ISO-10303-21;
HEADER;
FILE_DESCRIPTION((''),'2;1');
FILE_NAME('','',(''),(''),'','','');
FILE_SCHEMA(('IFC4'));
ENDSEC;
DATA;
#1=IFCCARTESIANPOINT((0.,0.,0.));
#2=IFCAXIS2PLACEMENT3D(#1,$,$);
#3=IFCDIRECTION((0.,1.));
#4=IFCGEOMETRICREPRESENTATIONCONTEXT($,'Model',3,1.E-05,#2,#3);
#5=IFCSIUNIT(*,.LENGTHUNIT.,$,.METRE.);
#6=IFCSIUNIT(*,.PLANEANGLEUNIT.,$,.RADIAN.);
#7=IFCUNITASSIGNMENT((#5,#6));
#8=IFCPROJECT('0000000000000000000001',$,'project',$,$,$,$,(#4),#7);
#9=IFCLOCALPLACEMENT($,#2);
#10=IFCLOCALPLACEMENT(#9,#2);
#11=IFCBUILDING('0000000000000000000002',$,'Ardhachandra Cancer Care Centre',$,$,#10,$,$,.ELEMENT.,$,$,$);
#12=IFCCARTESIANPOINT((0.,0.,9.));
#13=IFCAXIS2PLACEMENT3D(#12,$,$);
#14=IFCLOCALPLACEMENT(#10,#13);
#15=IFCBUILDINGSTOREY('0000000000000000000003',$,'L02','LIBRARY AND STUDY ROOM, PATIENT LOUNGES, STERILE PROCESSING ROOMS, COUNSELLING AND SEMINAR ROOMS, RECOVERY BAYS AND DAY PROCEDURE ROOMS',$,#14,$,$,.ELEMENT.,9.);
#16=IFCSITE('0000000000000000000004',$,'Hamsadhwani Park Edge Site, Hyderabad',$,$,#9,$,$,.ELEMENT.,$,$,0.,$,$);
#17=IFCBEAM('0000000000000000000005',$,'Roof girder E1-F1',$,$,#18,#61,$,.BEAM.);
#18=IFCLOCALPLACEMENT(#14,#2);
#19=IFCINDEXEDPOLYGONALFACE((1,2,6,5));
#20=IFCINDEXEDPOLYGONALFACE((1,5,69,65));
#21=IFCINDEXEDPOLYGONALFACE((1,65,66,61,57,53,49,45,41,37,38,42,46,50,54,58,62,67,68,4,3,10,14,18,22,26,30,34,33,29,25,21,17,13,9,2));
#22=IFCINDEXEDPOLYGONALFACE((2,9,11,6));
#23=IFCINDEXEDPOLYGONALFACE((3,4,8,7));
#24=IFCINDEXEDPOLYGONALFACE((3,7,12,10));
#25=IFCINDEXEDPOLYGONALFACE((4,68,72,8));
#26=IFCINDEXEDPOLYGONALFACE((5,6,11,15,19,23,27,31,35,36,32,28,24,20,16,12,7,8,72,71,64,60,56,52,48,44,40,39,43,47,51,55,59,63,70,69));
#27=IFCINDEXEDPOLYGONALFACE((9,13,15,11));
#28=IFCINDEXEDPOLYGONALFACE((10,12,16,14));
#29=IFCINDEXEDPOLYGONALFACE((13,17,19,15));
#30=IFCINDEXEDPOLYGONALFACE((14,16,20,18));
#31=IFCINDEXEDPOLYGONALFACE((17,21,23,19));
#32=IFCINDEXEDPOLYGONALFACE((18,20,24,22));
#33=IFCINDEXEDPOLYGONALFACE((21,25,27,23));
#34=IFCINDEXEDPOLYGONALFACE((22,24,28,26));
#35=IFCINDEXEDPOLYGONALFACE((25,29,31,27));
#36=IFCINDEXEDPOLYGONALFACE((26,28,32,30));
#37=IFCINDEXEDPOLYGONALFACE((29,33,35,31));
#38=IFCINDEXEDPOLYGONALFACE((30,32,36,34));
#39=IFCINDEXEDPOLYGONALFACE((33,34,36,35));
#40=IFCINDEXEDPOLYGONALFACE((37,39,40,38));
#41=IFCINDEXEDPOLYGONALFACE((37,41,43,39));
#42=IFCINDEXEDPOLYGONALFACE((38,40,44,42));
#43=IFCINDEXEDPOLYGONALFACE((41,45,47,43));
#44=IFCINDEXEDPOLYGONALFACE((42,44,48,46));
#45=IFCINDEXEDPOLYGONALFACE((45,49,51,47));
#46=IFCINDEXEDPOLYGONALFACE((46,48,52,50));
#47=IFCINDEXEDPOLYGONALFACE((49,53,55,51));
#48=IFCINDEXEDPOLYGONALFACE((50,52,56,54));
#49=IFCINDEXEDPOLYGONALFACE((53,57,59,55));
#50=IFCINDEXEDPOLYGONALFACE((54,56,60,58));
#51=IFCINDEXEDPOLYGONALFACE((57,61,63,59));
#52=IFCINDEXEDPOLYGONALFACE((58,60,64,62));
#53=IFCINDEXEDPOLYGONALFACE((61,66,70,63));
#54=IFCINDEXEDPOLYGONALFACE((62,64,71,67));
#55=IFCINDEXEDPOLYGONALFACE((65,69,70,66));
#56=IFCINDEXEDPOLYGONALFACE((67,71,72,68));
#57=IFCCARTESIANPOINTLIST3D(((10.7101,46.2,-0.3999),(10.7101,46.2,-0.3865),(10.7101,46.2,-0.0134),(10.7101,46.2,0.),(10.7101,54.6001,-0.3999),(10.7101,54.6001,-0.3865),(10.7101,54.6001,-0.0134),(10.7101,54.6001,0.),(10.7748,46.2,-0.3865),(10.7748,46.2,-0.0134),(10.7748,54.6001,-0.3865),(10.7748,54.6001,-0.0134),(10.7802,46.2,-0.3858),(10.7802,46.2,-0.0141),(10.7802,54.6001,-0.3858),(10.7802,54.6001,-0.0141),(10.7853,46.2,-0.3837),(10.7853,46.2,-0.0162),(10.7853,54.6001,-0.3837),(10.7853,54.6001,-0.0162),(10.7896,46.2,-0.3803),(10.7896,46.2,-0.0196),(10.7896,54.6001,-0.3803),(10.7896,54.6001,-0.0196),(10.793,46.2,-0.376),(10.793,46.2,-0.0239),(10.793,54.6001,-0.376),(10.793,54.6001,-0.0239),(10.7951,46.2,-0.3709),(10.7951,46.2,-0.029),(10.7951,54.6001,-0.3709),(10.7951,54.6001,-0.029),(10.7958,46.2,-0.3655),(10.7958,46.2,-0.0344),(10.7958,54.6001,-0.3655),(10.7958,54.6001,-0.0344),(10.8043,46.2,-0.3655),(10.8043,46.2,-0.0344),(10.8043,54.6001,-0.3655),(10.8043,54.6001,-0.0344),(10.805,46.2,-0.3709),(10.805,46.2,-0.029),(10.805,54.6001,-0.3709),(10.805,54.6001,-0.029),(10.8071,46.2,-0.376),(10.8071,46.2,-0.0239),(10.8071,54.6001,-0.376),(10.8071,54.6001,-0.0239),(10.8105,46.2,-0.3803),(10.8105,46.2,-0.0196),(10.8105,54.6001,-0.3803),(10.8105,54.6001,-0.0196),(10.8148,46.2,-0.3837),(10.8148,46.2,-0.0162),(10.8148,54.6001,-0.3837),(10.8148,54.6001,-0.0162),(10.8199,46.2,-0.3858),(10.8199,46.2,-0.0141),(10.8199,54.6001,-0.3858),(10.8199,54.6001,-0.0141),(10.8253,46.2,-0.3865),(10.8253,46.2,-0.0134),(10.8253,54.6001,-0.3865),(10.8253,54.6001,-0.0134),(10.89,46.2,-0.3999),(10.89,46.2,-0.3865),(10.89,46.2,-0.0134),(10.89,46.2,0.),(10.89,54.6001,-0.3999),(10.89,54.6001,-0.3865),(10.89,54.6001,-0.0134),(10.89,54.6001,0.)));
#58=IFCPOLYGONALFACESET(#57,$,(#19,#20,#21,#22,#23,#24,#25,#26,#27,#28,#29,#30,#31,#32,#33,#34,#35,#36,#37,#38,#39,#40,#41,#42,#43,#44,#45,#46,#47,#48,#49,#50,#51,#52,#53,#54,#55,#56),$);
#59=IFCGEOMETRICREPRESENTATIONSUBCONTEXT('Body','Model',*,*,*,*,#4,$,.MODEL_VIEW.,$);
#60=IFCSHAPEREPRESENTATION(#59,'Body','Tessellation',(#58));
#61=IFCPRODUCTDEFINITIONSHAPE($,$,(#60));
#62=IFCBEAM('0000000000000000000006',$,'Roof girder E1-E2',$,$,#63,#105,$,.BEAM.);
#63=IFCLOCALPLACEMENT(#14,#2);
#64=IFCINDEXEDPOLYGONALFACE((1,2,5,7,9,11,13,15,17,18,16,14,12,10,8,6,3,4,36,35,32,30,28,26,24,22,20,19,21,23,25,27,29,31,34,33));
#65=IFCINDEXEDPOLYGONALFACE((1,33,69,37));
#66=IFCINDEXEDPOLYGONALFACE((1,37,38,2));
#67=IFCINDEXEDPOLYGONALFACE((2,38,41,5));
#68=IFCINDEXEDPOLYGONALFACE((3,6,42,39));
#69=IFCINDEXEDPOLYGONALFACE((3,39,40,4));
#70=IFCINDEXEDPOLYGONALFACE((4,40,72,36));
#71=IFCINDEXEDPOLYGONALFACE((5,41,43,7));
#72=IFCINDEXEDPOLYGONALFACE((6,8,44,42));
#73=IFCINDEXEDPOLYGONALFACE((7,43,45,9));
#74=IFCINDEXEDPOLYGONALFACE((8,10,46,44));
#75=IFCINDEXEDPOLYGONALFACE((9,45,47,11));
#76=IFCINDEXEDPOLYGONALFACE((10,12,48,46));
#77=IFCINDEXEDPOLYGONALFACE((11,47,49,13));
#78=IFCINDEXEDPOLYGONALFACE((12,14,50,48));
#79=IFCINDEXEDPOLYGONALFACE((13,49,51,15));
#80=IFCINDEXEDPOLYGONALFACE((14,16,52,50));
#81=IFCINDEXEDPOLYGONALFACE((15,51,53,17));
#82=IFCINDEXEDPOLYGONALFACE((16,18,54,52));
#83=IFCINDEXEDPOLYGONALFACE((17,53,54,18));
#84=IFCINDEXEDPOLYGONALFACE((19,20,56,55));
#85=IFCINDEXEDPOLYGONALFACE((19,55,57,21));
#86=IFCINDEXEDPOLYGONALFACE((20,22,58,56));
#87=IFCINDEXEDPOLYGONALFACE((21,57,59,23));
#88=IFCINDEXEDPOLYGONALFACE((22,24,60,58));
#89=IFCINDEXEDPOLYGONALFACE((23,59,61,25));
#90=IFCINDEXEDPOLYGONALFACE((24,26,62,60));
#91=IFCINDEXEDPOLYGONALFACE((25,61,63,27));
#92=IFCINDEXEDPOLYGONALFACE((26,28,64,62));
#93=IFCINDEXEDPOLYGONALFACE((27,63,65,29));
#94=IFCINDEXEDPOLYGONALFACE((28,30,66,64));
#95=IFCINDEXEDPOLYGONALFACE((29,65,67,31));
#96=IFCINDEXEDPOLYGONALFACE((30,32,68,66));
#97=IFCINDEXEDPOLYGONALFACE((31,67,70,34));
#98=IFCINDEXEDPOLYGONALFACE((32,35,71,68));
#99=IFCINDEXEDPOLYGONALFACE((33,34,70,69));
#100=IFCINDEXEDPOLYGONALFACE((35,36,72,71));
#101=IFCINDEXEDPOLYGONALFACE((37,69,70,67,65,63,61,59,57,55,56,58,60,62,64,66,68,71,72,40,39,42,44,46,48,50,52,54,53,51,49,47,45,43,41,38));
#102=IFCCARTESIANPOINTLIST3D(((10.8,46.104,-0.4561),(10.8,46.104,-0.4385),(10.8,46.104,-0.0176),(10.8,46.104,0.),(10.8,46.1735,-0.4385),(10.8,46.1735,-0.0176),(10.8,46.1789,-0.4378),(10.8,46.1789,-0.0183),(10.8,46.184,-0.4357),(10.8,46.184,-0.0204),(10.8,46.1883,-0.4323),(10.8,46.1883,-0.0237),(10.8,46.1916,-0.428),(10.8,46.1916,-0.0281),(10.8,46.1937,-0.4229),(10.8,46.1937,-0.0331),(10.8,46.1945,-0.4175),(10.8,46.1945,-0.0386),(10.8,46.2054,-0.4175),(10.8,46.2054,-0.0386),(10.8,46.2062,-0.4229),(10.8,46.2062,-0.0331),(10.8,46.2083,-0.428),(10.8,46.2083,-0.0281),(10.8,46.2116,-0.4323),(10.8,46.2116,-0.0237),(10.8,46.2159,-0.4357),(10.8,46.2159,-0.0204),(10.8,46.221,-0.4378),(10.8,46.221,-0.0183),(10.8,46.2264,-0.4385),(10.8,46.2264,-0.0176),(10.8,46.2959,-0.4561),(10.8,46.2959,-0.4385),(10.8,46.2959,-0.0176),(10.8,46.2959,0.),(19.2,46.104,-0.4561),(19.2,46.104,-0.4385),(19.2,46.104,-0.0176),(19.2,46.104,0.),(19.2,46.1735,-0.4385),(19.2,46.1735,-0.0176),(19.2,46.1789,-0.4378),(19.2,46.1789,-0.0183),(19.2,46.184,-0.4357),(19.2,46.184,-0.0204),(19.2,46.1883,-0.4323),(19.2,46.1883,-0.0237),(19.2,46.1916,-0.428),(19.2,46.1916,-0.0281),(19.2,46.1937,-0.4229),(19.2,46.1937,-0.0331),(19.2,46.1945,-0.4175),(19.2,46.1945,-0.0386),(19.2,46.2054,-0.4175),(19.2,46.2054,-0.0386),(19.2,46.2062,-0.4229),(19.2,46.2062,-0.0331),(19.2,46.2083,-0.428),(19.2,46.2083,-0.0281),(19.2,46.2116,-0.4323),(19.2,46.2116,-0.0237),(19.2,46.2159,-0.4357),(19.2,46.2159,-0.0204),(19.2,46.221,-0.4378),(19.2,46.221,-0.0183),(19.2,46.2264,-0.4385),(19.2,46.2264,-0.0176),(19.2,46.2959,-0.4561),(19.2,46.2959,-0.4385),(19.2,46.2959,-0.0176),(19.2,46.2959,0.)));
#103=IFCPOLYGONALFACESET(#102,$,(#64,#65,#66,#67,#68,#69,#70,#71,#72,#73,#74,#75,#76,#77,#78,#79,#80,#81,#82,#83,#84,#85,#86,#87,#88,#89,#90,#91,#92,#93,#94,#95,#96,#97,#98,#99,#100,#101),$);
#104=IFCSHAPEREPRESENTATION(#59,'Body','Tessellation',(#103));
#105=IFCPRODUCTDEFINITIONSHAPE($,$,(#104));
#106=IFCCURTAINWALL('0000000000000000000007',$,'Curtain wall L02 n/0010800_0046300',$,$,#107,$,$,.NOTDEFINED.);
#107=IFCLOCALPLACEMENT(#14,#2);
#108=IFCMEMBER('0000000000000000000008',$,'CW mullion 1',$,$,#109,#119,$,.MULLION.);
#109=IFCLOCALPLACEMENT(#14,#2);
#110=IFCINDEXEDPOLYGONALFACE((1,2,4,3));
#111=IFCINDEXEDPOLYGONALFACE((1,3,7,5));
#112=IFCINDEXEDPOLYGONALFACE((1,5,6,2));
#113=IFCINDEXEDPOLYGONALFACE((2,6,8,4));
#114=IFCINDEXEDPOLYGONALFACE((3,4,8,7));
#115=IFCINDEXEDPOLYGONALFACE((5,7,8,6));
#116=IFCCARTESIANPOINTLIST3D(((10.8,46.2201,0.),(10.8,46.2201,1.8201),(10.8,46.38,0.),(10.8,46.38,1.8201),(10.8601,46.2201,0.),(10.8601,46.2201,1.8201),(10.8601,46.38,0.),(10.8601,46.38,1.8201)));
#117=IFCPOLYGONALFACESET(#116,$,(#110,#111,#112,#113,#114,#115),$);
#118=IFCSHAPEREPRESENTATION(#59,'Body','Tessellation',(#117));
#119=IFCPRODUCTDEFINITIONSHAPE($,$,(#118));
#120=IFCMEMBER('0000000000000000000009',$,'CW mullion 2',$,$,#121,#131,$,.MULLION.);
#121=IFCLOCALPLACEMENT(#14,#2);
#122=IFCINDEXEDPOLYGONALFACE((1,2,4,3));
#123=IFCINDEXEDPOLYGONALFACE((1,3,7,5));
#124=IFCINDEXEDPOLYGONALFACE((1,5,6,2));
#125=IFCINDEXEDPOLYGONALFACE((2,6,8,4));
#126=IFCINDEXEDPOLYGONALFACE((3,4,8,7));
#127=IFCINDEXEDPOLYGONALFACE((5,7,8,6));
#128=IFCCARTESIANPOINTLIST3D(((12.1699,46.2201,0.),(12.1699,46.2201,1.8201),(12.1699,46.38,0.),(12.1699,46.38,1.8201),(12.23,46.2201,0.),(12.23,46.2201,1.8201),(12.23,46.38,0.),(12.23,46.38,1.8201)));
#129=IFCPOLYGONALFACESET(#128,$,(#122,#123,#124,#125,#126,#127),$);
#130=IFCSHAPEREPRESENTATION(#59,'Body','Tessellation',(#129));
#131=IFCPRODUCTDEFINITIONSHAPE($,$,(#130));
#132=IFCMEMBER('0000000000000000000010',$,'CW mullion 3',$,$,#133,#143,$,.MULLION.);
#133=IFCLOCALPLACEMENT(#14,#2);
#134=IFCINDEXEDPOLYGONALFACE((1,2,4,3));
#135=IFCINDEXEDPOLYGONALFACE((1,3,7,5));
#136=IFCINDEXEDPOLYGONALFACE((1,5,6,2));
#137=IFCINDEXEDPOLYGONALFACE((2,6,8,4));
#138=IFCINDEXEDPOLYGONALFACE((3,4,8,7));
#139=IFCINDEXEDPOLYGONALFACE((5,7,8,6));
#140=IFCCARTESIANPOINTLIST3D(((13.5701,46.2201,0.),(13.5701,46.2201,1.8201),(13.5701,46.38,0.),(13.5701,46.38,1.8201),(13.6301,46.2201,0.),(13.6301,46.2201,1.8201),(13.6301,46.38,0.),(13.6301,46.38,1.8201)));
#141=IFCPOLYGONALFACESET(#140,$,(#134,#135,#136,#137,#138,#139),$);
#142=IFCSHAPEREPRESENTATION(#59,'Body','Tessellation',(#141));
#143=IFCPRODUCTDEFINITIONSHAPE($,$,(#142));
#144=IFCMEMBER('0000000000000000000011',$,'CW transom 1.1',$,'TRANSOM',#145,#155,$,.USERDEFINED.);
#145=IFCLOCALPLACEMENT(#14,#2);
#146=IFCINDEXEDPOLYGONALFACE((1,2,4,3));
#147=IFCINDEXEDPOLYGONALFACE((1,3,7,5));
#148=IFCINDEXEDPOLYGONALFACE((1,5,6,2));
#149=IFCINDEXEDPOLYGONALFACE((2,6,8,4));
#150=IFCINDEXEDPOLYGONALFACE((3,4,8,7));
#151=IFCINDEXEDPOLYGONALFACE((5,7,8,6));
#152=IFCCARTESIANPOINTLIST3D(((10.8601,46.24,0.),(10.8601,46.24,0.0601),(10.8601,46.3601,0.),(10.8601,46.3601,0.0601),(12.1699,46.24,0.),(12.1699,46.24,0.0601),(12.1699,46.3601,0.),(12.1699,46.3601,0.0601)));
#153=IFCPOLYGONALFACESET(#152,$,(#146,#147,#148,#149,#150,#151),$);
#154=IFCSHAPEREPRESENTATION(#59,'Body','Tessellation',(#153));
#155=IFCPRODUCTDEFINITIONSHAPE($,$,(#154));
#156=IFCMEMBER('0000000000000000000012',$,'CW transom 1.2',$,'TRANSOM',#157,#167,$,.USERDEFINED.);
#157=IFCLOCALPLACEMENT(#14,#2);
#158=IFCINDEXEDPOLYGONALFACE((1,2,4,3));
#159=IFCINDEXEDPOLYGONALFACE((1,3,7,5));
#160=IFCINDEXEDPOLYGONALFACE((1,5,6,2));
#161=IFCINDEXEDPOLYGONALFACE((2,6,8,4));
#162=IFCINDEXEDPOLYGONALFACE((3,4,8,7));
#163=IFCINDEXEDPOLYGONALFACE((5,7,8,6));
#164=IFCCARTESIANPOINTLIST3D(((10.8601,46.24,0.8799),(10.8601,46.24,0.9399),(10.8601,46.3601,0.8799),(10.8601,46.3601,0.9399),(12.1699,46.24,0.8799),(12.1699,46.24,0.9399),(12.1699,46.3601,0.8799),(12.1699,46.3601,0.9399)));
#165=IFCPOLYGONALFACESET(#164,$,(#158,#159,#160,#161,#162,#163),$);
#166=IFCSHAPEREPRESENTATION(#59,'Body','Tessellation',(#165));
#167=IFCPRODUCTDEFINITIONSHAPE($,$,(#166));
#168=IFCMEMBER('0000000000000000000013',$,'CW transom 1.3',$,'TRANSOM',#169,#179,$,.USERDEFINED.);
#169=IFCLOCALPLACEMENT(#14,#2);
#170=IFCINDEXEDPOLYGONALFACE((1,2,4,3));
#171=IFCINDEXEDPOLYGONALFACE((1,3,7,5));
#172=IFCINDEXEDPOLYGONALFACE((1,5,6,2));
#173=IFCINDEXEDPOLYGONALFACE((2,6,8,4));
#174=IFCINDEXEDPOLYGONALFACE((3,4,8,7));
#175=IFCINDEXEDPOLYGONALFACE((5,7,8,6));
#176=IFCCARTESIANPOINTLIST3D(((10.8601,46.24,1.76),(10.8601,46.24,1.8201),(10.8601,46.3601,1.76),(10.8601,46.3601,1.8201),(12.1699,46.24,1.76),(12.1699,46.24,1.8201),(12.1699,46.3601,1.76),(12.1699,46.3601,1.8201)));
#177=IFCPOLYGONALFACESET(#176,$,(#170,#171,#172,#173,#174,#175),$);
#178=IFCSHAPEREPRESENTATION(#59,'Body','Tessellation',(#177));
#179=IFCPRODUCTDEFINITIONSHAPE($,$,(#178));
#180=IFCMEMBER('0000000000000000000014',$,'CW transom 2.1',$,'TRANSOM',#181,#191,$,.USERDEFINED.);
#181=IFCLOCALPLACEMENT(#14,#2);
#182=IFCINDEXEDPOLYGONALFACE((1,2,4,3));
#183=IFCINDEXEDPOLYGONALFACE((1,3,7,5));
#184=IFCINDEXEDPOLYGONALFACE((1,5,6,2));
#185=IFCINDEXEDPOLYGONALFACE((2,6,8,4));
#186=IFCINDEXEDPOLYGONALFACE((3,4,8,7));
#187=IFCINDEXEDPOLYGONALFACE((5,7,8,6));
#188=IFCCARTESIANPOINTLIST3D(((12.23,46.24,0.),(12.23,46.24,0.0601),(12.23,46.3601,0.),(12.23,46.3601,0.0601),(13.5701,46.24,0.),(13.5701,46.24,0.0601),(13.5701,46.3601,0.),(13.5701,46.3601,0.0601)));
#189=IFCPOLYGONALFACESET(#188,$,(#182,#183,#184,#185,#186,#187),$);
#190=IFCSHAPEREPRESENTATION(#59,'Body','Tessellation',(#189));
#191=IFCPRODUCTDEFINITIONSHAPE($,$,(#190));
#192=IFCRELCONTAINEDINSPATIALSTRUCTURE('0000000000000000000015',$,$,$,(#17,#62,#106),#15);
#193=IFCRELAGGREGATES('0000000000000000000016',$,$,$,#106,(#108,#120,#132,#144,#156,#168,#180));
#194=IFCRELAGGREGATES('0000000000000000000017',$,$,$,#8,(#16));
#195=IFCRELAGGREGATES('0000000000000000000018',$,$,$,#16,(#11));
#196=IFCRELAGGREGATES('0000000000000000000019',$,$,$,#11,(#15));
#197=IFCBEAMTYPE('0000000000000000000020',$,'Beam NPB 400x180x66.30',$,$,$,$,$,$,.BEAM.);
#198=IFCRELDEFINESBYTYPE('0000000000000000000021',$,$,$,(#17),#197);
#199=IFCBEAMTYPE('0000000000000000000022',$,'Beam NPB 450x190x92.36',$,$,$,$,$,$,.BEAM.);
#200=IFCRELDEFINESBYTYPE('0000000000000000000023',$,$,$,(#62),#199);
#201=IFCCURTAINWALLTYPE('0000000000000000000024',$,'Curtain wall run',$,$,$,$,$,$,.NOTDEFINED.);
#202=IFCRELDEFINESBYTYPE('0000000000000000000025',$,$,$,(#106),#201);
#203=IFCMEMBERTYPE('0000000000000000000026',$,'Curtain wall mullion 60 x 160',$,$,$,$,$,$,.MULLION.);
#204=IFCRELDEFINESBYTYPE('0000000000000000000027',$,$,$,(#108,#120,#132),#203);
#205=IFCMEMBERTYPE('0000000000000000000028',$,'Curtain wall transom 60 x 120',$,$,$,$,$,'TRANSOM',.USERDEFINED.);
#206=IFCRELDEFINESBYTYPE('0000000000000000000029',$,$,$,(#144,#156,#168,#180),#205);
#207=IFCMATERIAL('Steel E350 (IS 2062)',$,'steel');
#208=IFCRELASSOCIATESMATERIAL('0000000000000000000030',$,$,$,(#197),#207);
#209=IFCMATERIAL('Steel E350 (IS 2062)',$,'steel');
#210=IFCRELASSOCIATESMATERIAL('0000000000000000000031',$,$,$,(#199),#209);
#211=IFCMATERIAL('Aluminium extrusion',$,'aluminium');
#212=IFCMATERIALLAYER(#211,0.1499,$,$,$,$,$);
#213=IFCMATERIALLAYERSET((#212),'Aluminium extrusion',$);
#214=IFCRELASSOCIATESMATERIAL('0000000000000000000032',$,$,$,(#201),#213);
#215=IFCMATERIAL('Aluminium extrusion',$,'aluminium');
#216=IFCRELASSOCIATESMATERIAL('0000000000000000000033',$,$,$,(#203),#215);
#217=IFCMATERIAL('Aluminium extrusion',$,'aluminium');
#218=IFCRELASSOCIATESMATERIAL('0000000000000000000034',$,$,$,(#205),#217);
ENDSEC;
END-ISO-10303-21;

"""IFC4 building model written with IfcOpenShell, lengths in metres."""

from ifc_helpers import new_model, si_unit, direction, frame, origin, origin_2d, place, context, subcontext, project, spatial, rectangle, i_section, extrude, material, layer, layer_set, material_profile, profile_set, type_object, element, aggregate, save


model = new_model("IFC4")

# Units and contexts
model_context = context("Model", 3, precision=1e-05, world=origin(), true_north=direction((0.0, 1.0)))
body_context = subcontext(model_context, "Body", "Model", "MODEL_VIEW")
ifc_project = project(units=[si_unit("LENGTHUNIT", "METRE"), si_unit("PLANEANGLEUNIT", "RADIAN")], contexts=[model_context])

# Site, building, storey
site_placement = place(None, origin())
site = spatial("IfcSite", under=ifc_project, at=site_placement, Name="Hamsadhwani Park Edge Site, Hyderabad", CompositionType="ELEMENT", RefElevation=0.0)
building_placement = place(site_placement, origin())
building = spatial("IfcBuilding", under=site, at=building_placement, Name="Ardhachandra Cancer Care Centre", CompositionType="ELEMENT")
storey_placement = place(building_placement, frame((0.0, 0.0, 9.0)))
storey = spatial("IfcBuildingStorey", under=building, at=storey_placement, Name="L02", Description="LIBRARY AND STUDY ROOM, PATIENT LOUNGES, STERILE PROCESSING ROOMS, COUNSELLING AND SEMINAR ROOMS, RECOVERY BAYS AND DAY PROCEDURE ROOMS", CompositionType="ELEMENT", Elevation=9.0)

# Beams
ifc_material_1 = material(Name="Steel E350 (IS 2062)", Category="steel")
ifc_material_profile_1 = material_profile(ifc_material_1, i_section(OverallWidth=0.1799, OverallDepth=0.3999, WebThickness=0.0085, FlangeThickness=0.0134, FilletRadius=0.021, at=origin_2d()), Name="NPB 400x180x66.30")
ifc_profile_set_1 = profile_set([ifc_material_profile_1], Name="Steel E350 (IS 2062)")
beam_type_1 = type_object("IfcBeamType", Name="Beam NPB 400x180x66.30", PredefinedType="BEAM", material=ifc_profile_set_1)
beam_1_placement = place(storey_placement, frame((10.8, 46.2, -0.2), z_axis=(0.0, 1.0, 0.0), x_axis=(-1.0, 0.0, 0.0)))
element("IfcBeam", 1, at=beam_1_placement, inside=storey, type_object=beam_type_1, Name="Roof girder E1-F1", PredefinedType="BEAM", context=body_context, shape_type="SweptSolid", body=[
    extrude(i_section(OverallWidth=0.1799, OverallDepth=0.3999, WebThickness=0.0085, FlangeThickness=0.0134, FilletRadius=0.021, at=origin_2d()), origin(), (0.0, 0.0, 1.0), 8.4001),
])
ifc_material_2 = material(Name="Steel E350 (IS 2062)", Category="steel")
ifc_material_profile_2 = material_profile(ifc_material_2, i_section(OverallWidth=0.1919, OverallDepth=0.4561, WebThickness=0.011, FlangeThickness=0.0176, FilletRadius=0.021, at=origin_2d()), Name="NPB 450x190x92.36")
ifc_profile_set_2 = profile_set([ifc_material_profile_2], Name="Steel E350 (IS 2062)")
beam_type_2 = type_object("IfcBeamType", Name="Beam NPB 450x190x92.36", PredefinedType="BEAM", material=ifc_profile_set_2)
beam_2_placement = place(storey_placement, frame((10.8, 46.2, -0.228), z_axis=(1.0, 0.0, 0.0), x_axis=(0.0, 1.0, 0.0)))
element("IfcBeam", 2, at=beam_2_placement, inside=storey, type_object=beam_type_2, Name="Roof girder E1-E2", PredefinedType="BEAM", context=body_context, shape_type="SweptSolid", body=[
    extrude(i_section(OverallWidth=0.1919, OverallDepth=0.4561, WebThickness=0.011, FlangeThickness=0.0176, FilletRadius=0.021, at=origin_2d()), origin(), (0.0, 0.0, 1.0), 8.3999),
])

# Curtain wall, members
ifc_material_3 = material(Name="Aluminium extrusion", Category="aluminium")
ifc_layer_1 = layer(ifc_material_3, 0.1499)
ifc_layer_set_1 = layer_set([ifc_layer_1], Name="Aluminium extrusion")
curtain_wall_type = type_object("IfcCurtainWallType", Name="Curtain wall run", PredefinedType="NOTDEFINED", material=ifc_layer_set_1)
curtain_wall_placement = place(storey_placement, origin())
curtain_wall = element("IfcCurtainWall", 3, at=curtain_wall_placement, inside=storey, type_object=curtain_wall_type, Name="Curtain wall L02 n/0010800_0046300", PredefinedType="NOTDEFINED")
ifc_material_4 = material(Name="Aluminium extrusion", Category="aluminium")
ifc_material_profile_3 = material_profile(ifc_material_4, rectangle(XDim=0.1599, YDim=0.0601, at=origin_2d()), Name="Curtain wall mullion 60 x 160")
ifc_profile_set_3 = profile_set([ifc_material_profile_3], Name="Aluminium extrusion")
member_type_1 = type_object("IfcMemberType", Name="Curtain wall mullion 60 x 160", PredefinedType="MULLION", material=ifc_profile_set_3)
member_1_placement = place(storey_placement, frame((10.8301, 46.3, 0.0), z_axis=(0.0, 0.0, 1.0), x_axis=(0.0, 1.0, 0.0)))
member_1 = element("IfcMember", 4, at=member_1_placement, type_object=member_type_1, Name="CW mullion 1", PredefinedType="MULLION", context=body_context, shape_type="SweptSolid", body=[
    extrude(rectangle(XDim=0.1599, YDim=0.0601, at=origin_2d()), origin(), (0.0, 0.0, 1.0), 1.8201),
])
member_2_placement = place(storey_placement, frame((12.2, 46.3, 0.0), z_axis=(0.0, 0.0, 1.0), x_axis=(0.0, 1.0, 0.0)))
member_2 = element("IfcMember", 5, at=member_2_placement, type_object=member_type_1, Name="CW mullion 2", PredefinedType="MULLION", context=body_context, shape_type="SweptSolid", body=[
    extrude(rectangle(XDim=0.1599, YDim=0.0601, at=origin_2d()), origin(), (0.0, 0.0, 1.0), 1.8201),
])
member_3_placement = place(storey_placement, frame((13.6001, 46.3, 0.0), z_axis=(0.0, 0.0, 1.0), x_axis=(0.0, 1.0, 0.0)))
member_3 = element("IfcMember", 6, at=member_3_placement, type_object=member_type_1, Name="CW mullion 3", PredefinedType="MULLION", context=body_context, shape_type="SweptSolid", body=[
    extrude(rectangle(XDim=0.1599, YDim=0.0601, at=origin_2d()), origin(), (0.0, 0.0, 1.0), 1.8201),
])
ifc_material_5 = material(Name="Aluminium extrusion", Category="aluminium")
ifc_material_profile_4 = material_profile(ifc_material_5, rectangle(XDim=0.1201, YDim=0.0601, at=origin_2d()), Name="Curtain wall transom 60 x 120")
ifc_profile_set_4 = profile_set([ifc_material_profile_4], Name="Aluminium extrusion")
member_type_2 = type_object("IfcMemberType", Name="Curtain wall transom 60 x 120", ElementType="TRANSOM", PredefinedType="USERDEFINED", material=ifc_profile_set_4)
member_4_placement = place(storey_placement, frame((10.8601, 46.3, 0.03), z_axis=(1.0, 0.0, 0.0), x_axis=(0.0, 1.0, 0.0)))
member_4 = element("IfcMember", 7, at=member_4_placement, type_object=member_type_2, Name="CW transom 1.1", ObjectType="TRANSOM", PredefinedType="USERDEFINED", context=body_context, shape_type="SweptSolid", body=[
    extrude(rectangle(XDim=0.1201, YDim=0.0601, at=origin_2d()), origin(), (0.0, 0.0, 1.0), 1.3098),
])
member_5_placement = place(storey_placement, frame((10.8601, 46.3, 0.9099), z_axis=(1.0, 0.0, 0.0), x_axis=(0.0, 1.0, 0.0)))
member_5 = element("IfcMember", 8, at=member_5_placement, type_object=member_type_2, Name="CW transom 1.2", ObjectType="TRANSOM", PredefinedType="USERDEFINED", context=body_context, shape_type="SweptSolid", body=[
    extrude(rectangle(XDim=0.1201, YDim=0.0601, at=origin_2d()), origin(), (0.0, 0.0, 1.0), 1.3098),
])
member_6_placement = place(storey_placement, frame((10.8601, 46.3, 1.79), z_axis=(1.0, 0.0, 0.0), x_axis=(0.0, 1.0, 0.0)))
member_6 = element("IfcMember", 9, at=member_6_placement, type_object=member_type_2, Name="CW transom 1.3", ObjectType="TRANSOM", PredefinedType="USERDEFINED", context=body_context, shape_type="SweptSolid", body=[
    extrude(rectangle(XDim=0.1201, YDim=0.0601, at=origin_2d()), origin(), (0.0, 0.0, 1.0), 1.3098),
])
member_7_placement = place(storey_placement, frame((12.23, 46.3, 0.03), z_axis=(1.0, 0.0, 0.0), x_axis=(0.0, 1.0, 0.0)))
member_7 = element("IfcMember", 10, at=member_7_placement, type_object=member_type_2, Name="CW transom 2.1", ObjectType="TRANSOM", PredefinedType="USERDEFINED", context=body_context, shape_type="SweptSolid", body=[
    extrude(rectangle(XDim=0.1201, YDim=0.0601, at=origin_2d()), origin(), (0.0, 0.0, 1.0), 1.3401),
])

aggregate(curtain_wall, [member_1, member_2, member_3, member_4, member_5, member_6, member_7])

save(model, "model.ifc")
